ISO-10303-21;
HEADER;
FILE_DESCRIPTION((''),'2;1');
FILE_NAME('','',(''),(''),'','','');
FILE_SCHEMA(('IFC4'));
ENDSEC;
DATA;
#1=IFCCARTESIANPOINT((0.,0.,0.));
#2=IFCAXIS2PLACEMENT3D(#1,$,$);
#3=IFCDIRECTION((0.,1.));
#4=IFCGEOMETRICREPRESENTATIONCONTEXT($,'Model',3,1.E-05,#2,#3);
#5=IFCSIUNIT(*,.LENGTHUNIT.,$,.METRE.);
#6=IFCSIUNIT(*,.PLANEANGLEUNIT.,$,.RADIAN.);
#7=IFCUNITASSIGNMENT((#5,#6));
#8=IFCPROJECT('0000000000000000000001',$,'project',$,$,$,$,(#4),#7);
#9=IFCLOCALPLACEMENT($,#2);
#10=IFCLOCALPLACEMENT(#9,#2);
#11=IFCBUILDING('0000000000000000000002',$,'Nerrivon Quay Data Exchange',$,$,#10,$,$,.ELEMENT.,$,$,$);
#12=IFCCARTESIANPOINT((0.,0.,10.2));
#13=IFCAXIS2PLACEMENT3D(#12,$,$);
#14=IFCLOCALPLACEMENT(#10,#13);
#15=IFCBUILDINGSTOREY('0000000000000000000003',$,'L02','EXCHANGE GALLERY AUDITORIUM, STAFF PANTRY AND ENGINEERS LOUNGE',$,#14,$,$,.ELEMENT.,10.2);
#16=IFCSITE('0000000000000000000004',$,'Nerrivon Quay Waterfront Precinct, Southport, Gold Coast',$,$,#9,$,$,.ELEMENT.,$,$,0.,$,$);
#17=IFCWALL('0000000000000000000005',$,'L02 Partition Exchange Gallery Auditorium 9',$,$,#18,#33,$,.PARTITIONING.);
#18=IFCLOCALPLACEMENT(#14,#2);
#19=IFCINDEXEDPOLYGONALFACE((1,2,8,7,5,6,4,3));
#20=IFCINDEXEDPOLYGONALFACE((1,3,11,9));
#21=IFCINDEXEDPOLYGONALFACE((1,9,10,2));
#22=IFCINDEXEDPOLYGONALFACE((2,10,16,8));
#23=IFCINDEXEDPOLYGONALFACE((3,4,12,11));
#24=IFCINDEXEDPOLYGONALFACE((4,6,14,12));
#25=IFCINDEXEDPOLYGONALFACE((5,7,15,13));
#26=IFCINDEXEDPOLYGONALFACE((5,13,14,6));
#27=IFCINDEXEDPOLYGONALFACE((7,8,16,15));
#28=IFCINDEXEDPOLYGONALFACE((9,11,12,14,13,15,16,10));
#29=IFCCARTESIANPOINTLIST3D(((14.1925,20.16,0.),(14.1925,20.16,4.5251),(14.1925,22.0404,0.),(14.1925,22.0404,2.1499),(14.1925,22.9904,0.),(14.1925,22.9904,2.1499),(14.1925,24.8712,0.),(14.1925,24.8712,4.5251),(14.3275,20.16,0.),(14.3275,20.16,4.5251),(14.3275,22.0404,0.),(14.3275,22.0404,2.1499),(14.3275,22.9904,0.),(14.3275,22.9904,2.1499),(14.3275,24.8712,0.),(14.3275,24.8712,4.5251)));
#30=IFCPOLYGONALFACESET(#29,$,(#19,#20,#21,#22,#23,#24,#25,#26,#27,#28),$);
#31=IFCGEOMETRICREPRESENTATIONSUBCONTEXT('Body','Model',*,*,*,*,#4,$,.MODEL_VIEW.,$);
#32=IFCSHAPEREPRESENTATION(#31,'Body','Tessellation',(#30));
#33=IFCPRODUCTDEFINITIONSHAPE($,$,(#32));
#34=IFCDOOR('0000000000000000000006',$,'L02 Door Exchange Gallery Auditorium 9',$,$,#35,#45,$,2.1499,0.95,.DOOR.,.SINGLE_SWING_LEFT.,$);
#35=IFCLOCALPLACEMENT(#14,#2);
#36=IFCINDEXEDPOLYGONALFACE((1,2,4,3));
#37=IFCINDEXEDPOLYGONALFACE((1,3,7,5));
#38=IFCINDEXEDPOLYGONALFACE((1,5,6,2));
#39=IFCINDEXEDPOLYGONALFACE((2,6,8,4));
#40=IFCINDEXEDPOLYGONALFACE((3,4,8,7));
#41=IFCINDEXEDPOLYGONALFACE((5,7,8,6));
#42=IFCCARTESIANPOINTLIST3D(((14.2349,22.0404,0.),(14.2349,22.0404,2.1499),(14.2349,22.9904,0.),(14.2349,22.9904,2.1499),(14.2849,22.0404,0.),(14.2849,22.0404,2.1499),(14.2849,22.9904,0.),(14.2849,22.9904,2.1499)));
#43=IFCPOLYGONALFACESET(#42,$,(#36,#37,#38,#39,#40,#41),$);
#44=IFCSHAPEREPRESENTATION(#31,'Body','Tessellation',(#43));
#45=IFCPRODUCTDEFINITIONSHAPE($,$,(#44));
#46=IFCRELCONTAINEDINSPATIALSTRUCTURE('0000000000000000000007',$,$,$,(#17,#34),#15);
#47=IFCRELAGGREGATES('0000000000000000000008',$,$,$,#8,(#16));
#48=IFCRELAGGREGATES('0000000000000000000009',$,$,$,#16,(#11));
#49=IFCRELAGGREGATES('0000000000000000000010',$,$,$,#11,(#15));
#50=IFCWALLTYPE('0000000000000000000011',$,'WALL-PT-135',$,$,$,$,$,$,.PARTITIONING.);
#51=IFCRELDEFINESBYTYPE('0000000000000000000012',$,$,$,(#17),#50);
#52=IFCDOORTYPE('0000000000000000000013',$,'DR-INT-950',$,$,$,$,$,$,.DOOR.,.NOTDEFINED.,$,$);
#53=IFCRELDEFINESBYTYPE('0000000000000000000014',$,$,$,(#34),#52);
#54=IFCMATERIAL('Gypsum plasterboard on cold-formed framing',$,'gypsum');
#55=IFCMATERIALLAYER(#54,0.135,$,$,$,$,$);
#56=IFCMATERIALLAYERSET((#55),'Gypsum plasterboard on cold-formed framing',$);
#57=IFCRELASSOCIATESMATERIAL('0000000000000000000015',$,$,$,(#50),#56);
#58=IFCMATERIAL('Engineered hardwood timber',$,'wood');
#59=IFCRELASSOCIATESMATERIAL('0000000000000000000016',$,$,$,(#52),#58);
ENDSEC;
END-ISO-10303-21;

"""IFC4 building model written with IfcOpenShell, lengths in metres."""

from ifc_helpers import new_model, si_unit, direction, frame, frame_2d, origin, place, context, subcontext, project, spatial, rectangle, extrude, material, layer, layer_set, type_object, element, fill, save


model = new_model("IFC4")

# Units and contexts
model_context = context("Model", 3, precision=1e-05, world=origin(), true_north=direction((0.0, 1.0)))
body_context = subcontext(model_context, "Body", "Model", "MODEL_VIEW")
ifc_project = project(units=[si_unit("LENGTHUNIT", "METRE"), si_unit("PLANEANGLEUNIT", "RADIAN")], contexts=[model_context])

# Site, building, storey
site_placement = place(None, origin())
site = spatial("IfcSite", under=ifc_project, at=site_placement, Name="Nerrivon Quay Waterfront Precinct, Southport, Gold Coast", CompositionType="ELEMENT", RefElevation=0.0)
building_placement = place(site_placement, origin())
building = spatial("IfcBuilding", under=site, at=building_placement, Name="Nerrivon Quay Data Exchange", CompositionType="ELEMENT")
storey_placement = place(building_placement, frame((0.0, 0.0, 10.2)))
storey = spatial("IfcBuildingStorey", under=building, at=storey_placement, Name="L02", Description="EXCHANGE GALLERY AUDITORIUM, STAFF PANTRY AND ENGINEERS LOUNGE", CompositionType="ELEMENT", Elevation=10.2)

# Shared definitions
ifc_material_1 = material(Name="Gypsum plasterboard on cold-formed framing", Category="gypsum")

# Wall, opening, door
ifc_layer_1 = layer(ifc_material_1, 0.135)
ifc_layer_set_1 = layer_set([ifc_layer_1], Name="Gypsum plasterboard on cold-formed framing")
wall_type_1 = type_object("IfcWallType", Name="WALL-PT-135", PredefinedType="PARTITIONING", material=ifc_layer_set_1)
wall_1_placement = place(storey_placement, frame((14.26, 24.8711, 0.0), z_axis=(0.0, 0.0, 1.0), x_axis=(0.0, -1.0, 0.0)))
wall_1 = element("IfcWall", 1, at=wall_1_placement, inside=storey, type_object=wall_type_1, Name="L02 Partition Exchange Gallery Auditorium 9", PredefinedType="PARTITIONING", context=body_context, shape_type="SweptSolid", body=[
    extrude(rectangle(XDim=4.7112, YDim=0.135, at=frame_2d((2.3555, 0.0))), origin(), (0.0, 0.0, 1.0), 4.5251),
])
opening_1_placement = place(wall_1_placement, frame((1.8806, 0.0, 0.0)))
opening_1 = element("IfcOpeningElement", 2, at=opening_1_placement, cuts=wall_1, PredefinedType="OPENING", context=body_context, shape_type="SweptSolid", body=[
    extrude(rectangle(XDim=0.95, YDim=2.1499, at=frame_2d((0.4751, 1.075))), frame((0.0, 0.0774, 0.0), z_axis=(0.0, -1.0, 0.0), x_axis=(1.0, 0.0, 0.0)), (0.0, 0.0, 1.0), 0.155),
])
ifc_material_2 = material(Name="Engineered hardwood timber", Category="wood")
door_type_1 = type_object("IfcDoorType", Name="DR-INT-950", OperationType="NOTDEFINED", PredefinedType="DOOR", material=ifc_material_2)
door_1_placement = place(opening_1_placement, origin())
door_1 = element("IfcDoor", 3, at=door_1_placement, inside=storey, type_object=door_type_1, Name="L02 Door Exchange Gallery Auditorium 9", OperationType="SINGLE_SWING_LEFT", OverallHeight=2.1499, OverallWidth=0.95, PredefinedType="DOOR", context=body_context, shape_type="SweptSolid", body=[
    extrude(rectangle(XDim=0.95, YDim=2.1499, at=frame_2d((0.4751, 1.075))), frame((0.0, 0.0249, 0.0), z_axis=(0.0, -1.0, 0.0), x_axis=(1.0, 0.0, 0.0)), (0.0, 0.0, 1.0), 0.05),
])
fill(opening_1, door_1)

save(model, "model.ifc")
